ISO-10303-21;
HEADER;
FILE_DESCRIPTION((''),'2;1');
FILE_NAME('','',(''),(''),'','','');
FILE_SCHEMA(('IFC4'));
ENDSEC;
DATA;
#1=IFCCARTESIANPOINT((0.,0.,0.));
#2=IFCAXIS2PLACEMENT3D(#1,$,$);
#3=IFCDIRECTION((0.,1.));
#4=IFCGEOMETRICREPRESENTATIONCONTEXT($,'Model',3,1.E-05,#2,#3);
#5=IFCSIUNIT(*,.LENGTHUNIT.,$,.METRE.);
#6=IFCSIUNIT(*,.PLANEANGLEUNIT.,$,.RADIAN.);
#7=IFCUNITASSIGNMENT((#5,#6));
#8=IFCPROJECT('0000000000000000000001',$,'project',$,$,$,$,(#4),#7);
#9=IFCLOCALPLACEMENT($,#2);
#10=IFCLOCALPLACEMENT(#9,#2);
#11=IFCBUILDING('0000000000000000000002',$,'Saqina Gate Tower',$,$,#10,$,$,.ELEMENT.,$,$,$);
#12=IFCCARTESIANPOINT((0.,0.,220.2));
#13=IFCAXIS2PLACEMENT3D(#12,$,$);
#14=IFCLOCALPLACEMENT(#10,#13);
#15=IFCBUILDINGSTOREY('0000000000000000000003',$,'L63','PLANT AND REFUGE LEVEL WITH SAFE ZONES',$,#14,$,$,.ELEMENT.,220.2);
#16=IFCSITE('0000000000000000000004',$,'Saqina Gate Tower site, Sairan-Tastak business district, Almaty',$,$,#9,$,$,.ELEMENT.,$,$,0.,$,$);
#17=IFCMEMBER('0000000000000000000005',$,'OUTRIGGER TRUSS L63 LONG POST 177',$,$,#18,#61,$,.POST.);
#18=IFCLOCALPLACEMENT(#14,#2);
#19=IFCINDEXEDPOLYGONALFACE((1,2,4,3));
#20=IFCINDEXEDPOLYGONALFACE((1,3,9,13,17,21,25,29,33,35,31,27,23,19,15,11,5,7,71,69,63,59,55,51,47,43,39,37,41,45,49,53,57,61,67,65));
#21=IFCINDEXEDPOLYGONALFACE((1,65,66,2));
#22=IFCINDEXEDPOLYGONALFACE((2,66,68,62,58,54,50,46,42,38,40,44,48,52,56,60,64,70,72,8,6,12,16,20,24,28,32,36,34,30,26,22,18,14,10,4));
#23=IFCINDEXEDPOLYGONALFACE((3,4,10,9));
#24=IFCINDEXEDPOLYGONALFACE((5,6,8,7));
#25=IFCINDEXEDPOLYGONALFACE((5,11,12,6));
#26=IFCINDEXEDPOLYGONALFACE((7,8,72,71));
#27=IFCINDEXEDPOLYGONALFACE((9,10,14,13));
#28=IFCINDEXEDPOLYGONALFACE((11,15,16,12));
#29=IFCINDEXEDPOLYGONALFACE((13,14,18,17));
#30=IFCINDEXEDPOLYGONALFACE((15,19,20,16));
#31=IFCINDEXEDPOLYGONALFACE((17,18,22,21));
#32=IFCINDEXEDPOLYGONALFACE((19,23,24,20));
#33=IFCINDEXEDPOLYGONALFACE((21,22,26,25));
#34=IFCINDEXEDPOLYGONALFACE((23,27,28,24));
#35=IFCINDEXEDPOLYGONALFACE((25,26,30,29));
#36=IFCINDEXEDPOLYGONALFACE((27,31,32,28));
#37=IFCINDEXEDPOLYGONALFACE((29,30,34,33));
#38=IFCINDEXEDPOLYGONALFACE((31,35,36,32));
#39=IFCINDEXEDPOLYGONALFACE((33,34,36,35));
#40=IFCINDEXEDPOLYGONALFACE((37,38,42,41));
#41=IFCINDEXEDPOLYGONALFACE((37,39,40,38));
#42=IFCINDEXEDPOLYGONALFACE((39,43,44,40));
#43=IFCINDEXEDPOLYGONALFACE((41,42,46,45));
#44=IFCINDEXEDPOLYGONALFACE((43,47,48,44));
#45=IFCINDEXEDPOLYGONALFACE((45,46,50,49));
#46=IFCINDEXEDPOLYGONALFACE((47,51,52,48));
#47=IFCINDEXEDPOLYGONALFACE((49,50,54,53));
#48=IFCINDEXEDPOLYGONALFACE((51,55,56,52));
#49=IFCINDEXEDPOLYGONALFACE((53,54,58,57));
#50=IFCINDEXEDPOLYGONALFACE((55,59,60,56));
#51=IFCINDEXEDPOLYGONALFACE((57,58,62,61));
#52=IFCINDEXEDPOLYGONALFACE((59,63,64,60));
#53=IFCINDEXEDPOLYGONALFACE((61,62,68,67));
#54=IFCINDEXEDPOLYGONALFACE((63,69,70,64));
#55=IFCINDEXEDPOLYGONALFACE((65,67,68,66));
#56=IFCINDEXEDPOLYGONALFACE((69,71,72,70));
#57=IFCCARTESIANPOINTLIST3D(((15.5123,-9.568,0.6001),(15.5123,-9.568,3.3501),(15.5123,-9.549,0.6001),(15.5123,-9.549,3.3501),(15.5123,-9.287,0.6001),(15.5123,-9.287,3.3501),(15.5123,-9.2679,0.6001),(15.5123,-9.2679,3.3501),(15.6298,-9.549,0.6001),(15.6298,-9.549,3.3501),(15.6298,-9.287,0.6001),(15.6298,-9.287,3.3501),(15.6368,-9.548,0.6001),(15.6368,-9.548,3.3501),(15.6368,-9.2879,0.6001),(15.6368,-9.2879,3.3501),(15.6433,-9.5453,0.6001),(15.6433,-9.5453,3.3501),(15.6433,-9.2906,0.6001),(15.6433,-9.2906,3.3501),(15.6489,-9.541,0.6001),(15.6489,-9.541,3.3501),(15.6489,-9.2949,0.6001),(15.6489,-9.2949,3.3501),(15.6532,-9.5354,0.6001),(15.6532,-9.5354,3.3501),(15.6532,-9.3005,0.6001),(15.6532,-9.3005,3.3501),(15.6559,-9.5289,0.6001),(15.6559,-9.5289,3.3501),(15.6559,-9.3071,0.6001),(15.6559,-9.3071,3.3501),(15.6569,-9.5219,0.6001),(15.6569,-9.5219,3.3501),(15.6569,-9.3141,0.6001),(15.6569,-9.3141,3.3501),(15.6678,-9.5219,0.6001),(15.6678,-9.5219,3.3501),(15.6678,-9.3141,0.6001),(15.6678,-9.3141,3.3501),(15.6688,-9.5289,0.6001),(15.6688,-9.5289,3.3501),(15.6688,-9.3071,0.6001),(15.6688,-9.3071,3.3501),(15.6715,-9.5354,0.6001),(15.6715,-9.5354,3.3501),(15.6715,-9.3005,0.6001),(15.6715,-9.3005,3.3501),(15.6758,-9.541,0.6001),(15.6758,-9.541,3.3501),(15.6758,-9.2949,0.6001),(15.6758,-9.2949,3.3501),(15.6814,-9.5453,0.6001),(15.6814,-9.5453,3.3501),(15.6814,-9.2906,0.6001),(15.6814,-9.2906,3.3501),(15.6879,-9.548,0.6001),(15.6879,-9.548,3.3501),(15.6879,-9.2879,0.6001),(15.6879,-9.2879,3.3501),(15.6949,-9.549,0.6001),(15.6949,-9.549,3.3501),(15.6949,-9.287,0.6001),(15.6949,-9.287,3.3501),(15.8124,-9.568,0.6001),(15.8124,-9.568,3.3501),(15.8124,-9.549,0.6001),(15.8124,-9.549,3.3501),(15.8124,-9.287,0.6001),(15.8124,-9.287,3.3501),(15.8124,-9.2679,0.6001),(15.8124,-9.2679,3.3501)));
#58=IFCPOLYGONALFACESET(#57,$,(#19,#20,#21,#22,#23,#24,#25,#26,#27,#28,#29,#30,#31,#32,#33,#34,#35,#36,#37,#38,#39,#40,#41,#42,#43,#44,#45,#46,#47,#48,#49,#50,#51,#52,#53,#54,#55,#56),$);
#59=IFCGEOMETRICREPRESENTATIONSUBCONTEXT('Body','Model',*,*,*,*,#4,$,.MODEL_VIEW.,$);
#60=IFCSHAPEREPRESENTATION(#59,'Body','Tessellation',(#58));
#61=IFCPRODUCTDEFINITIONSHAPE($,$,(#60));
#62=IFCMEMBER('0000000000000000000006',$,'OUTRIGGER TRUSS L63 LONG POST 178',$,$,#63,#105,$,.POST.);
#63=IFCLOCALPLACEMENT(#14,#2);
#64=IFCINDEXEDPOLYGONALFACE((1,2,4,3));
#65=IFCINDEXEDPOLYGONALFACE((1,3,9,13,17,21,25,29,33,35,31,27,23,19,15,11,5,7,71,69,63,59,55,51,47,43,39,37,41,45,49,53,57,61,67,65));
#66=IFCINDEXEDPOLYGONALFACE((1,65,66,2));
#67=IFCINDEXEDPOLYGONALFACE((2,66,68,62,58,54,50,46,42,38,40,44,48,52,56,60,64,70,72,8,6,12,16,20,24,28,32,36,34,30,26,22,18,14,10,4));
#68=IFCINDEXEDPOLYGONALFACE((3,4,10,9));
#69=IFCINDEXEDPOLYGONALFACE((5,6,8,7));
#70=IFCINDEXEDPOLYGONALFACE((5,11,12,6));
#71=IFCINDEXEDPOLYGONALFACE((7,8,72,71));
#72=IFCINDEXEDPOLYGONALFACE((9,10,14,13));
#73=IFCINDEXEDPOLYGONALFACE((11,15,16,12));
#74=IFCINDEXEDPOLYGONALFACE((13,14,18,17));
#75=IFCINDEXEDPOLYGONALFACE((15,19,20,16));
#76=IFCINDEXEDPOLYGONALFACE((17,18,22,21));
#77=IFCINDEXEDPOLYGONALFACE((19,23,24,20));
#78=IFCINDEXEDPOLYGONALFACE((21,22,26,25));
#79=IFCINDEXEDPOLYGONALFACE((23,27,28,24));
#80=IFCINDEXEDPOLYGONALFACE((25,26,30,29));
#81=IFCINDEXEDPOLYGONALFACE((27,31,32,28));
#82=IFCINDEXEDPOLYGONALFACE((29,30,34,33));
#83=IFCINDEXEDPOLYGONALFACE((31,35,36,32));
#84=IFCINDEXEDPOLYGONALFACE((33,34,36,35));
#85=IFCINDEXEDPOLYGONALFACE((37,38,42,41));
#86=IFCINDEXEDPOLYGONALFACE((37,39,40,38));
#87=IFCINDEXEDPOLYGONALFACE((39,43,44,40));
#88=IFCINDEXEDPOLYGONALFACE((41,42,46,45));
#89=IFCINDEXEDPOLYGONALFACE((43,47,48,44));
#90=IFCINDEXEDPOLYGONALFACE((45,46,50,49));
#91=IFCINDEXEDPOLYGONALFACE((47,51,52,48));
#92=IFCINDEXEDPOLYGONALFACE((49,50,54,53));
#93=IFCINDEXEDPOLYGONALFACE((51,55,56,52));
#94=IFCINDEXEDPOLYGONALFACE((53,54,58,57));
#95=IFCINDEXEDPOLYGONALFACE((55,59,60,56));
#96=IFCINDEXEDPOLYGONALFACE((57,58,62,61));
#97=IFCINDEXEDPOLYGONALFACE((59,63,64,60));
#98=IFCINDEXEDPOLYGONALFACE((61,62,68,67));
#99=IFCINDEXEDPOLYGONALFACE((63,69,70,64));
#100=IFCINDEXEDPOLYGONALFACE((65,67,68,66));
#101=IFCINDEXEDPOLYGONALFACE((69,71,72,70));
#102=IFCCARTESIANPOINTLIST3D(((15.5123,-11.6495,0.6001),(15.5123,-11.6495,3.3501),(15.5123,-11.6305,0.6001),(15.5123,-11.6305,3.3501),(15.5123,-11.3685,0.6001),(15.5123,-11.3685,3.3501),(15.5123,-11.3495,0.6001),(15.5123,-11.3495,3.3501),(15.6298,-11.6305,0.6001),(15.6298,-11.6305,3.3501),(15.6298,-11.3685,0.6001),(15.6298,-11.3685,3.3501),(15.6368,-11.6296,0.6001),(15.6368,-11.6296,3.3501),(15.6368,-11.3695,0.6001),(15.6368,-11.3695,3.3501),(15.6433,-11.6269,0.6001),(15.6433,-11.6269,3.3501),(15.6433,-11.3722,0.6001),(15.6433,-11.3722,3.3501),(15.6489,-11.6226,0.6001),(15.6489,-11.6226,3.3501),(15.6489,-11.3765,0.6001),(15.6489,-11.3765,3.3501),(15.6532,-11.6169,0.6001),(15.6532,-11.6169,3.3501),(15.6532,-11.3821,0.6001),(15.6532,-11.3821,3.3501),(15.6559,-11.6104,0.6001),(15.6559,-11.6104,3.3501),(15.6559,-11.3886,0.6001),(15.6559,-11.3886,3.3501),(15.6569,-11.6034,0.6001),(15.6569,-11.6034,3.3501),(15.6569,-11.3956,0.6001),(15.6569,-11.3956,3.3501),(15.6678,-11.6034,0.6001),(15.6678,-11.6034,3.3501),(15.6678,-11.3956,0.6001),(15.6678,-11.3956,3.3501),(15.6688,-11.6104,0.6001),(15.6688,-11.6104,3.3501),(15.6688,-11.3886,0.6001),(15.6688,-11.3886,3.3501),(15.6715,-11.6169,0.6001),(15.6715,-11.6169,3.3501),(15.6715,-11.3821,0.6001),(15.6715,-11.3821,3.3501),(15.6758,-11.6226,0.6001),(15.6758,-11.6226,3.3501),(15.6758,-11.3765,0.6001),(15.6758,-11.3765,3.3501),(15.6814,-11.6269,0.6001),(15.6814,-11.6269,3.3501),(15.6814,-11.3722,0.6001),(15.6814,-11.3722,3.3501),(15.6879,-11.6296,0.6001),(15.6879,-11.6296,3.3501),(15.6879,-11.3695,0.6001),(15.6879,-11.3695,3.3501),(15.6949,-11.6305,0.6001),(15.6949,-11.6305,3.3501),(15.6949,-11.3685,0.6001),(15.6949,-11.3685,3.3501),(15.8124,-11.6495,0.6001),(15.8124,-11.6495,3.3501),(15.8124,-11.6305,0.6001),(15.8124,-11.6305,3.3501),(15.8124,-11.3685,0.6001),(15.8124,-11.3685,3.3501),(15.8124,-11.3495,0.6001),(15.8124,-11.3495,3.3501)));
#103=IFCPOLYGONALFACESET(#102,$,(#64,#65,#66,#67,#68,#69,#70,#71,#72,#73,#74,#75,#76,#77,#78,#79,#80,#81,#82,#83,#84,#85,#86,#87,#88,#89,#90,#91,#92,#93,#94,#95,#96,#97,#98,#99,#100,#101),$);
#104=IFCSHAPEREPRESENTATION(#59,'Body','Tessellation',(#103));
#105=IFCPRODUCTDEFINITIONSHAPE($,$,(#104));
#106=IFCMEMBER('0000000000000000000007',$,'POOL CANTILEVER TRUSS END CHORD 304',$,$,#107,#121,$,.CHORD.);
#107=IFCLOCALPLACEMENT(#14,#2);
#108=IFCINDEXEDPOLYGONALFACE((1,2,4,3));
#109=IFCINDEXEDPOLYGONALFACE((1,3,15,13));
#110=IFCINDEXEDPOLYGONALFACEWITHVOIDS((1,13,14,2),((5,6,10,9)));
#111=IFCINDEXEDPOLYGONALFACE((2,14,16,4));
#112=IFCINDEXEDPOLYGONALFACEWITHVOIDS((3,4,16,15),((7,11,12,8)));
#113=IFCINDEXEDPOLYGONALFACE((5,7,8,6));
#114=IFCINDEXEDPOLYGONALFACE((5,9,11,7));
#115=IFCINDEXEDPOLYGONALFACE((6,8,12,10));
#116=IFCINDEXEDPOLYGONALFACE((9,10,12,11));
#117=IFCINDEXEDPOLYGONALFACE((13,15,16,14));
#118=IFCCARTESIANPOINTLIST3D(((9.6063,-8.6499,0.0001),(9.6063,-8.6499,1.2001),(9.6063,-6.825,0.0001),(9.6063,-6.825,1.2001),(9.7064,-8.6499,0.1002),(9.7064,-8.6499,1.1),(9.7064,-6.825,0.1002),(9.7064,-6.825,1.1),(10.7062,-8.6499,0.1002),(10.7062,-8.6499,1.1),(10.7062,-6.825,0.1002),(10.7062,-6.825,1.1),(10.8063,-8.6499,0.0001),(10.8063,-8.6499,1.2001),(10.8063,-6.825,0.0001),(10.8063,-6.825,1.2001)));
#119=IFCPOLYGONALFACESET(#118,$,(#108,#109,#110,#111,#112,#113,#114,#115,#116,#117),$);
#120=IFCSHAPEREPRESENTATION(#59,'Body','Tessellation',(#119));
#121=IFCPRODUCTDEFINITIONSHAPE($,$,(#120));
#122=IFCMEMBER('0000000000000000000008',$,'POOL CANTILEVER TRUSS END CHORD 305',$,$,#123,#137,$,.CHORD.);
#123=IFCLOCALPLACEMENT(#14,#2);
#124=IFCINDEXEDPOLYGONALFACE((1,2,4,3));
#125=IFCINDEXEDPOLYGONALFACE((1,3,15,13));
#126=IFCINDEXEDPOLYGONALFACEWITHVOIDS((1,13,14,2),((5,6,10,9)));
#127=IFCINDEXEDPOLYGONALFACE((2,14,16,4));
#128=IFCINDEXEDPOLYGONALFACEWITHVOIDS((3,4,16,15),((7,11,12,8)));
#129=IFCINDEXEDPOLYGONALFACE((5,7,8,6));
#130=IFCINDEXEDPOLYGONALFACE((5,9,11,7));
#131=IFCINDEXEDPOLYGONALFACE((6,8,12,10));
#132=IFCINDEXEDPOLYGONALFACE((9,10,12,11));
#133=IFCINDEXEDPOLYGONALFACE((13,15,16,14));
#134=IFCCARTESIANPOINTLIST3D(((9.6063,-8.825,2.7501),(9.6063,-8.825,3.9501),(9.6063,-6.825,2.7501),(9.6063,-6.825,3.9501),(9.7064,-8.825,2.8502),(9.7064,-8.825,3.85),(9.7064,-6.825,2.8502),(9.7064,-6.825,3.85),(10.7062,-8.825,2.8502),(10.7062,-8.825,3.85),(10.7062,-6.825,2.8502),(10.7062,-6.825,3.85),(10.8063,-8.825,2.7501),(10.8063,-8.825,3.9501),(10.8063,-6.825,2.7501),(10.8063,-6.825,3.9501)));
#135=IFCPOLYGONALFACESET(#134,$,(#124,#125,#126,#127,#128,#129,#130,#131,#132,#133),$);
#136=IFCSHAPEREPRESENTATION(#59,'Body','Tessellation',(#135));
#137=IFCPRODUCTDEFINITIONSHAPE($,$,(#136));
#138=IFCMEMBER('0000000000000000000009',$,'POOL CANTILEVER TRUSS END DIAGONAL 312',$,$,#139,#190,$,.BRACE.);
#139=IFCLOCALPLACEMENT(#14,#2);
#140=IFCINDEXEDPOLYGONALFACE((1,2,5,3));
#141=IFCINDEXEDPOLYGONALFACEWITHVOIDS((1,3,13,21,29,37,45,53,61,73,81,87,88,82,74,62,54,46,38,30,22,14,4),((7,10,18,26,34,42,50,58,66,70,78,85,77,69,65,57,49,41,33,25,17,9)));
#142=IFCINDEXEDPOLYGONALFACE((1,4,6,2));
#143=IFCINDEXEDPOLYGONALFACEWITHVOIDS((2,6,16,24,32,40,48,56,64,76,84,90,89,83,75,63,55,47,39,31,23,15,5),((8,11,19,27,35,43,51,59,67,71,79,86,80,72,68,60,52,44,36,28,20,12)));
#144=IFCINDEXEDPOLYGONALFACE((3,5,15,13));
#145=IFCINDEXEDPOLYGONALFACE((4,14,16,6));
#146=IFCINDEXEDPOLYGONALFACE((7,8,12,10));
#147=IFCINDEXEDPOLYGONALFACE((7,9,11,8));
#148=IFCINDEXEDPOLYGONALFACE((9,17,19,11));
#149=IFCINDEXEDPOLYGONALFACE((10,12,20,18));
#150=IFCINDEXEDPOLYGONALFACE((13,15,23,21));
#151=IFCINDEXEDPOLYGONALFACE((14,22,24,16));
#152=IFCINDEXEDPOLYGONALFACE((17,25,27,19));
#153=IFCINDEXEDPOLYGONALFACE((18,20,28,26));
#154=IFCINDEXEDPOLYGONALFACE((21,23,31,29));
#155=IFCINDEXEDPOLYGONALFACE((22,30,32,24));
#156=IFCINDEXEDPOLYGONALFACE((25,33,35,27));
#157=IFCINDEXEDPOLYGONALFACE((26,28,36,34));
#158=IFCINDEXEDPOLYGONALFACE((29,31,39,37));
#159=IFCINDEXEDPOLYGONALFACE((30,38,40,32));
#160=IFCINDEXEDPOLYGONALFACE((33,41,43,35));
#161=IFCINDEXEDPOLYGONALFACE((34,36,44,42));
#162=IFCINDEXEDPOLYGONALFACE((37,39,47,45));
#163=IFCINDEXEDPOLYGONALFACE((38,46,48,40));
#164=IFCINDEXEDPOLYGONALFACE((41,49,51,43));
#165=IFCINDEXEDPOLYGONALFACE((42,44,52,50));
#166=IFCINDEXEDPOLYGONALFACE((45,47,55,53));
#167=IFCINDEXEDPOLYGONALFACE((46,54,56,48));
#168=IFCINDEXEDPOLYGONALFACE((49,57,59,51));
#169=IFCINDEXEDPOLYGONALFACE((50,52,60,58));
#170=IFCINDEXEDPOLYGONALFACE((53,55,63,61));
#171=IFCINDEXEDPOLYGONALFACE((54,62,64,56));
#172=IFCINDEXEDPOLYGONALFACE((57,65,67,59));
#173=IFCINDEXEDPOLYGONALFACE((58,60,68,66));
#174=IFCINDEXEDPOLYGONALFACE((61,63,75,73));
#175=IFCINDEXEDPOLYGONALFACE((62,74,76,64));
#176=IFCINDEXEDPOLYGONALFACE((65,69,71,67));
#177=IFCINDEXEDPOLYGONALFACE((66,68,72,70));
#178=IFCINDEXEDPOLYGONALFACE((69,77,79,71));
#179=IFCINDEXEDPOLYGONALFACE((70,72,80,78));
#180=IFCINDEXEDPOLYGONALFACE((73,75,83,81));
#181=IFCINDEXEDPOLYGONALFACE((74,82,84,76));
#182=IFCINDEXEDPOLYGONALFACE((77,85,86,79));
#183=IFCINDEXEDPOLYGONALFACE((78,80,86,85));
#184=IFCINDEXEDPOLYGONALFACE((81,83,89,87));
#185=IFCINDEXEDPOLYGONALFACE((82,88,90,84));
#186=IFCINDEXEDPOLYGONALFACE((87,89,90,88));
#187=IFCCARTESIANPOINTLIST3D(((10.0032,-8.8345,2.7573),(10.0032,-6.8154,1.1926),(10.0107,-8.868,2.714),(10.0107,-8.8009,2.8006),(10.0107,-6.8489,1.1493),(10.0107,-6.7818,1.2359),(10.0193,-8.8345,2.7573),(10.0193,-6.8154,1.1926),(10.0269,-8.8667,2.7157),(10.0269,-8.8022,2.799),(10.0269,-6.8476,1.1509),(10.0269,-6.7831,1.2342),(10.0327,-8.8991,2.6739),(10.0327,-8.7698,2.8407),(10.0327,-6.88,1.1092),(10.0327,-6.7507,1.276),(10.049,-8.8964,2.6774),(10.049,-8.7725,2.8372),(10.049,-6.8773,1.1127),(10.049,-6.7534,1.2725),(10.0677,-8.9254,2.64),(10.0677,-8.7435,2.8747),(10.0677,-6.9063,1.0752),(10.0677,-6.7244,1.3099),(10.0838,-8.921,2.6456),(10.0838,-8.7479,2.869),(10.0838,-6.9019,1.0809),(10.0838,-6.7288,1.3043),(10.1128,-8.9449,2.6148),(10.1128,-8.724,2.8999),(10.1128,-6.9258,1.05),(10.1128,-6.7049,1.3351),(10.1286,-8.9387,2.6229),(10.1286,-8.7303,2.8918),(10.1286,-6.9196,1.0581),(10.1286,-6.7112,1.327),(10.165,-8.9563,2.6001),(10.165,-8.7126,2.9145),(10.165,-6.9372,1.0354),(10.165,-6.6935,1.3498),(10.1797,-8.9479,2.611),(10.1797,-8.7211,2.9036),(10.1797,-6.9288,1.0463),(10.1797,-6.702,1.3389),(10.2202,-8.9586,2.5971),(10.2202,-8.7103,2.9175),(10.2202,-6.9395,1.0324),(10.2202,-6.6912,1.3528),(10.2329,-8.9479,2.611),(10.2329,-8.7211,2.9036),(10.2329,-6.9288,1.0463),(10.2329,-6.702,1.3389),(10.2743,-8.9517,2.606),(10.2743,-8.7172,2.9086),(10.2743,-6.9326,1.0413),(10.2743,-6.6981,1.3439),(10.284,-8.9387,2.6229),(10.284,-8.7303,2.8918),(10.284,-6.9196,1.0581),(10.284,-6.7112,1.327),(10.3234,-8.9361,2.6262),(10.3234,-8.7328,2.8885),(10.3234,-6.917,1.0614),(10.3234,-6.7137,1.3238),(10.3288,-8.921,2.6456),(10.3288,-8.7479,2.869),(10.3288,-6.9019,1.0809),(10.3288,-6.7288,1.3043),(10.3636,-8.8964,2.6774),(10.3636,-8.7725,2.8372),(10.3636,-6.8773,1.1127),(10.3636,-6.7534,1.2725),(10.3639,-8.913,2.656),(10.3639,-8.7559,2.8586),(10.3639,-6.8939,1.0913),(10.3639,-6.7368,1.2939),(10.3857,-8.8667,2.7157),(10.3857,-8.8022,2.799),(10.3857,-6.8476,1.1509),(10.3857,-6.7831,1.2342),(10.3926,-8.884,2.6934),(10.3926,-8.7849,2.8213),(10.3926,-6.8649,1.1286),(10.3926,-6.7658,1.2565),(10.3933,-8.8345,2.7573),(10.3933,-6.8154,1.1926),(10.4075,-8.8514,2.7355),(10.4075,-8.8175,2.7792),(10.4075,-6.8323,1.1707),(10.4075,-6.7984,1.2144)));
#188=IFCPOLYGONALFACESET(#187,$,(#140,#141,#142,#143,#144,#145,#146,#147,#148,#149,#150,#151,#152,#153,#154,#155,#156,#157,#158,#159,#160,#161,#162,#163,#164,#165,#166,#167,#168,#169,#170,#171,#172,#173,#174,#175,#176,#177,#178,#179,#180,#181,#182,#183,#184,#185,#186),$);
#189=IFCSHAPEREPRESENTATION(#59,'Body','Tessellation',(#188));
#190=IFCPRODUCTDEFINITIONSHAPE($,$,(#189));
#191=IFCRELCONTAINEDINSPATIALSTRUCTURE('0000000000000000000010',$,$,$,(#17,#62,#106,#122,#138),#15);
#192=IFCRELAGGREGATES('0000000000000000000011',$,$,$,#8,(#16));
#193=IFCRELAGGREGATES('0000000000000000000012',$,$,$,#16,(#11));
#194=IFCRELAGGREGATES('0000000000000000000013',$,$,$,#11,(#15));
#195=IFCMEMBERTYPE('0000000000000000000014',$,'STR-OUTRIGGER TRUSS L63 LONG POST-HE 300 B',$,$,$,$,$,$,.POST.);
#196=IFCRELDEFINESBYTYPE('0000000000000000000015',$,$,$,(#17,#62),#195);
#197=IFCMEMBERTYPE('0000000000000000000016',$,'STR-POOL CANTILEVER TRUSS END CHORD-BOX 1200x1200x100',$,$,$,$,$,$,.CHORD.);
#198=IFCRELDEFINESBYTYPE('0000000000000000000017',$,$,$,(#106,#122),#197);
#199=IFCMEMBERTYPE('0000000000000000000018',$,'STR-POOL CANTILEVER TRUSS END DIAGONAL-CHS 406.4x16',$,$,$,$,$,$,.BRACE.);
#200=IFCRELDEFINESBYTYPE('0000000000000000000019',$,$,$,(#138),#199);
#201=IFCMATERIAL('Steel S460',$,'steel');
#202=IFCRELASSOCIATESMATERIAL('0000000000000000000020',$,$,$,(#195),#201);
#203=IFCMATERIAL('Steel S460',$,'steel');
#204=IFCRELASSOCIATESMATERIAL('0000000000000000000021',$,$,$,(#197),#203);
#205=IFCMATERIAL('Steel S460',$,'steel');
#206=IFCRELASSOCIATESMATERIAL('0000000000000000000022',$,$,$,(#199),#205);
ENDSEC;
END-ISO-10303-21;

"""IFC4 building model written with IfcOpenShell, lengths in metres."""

from ifc_helpers import new_model, si_unit, direction, frame, origin, origin_2d, place, context, subcontext, project, spatial, hollow_rectangle, hollow_circle, i_section, extrude, material, material_profile, profile_set, type_object, element, save


model = new_model("IFC4")

# Units and contexts
model_context = context("Model", 3, precision=1e-05, world=origin(), true_north=direction((0.0, 1.0)))
body_context = subcontext(model_context, "Body", "Model", "MODEL_VIEW")
ifc_project = project(units=[si_unit("LENGTHUNIT", "METRE"), si_unit("PLANEANGLEUNIT", "RADIAN")], contexts=[model_context])

# Site, building, storey
site_placement = place(None, origin())
site = spatial("IfcSite", under=ifc_project, at=site_placement, Name="Saqina Gate Tower site, Sairan-Tastak business district, Almaty", CompositionType="ELEMENT", RefElevation=0.0)
building_placement = place(site_placement, origin())
building = spatial("IfcBuilding", under=site, at=building_placement, Name="Saqina Gate Tower", CompositionType="ELEMENT")
storey_placement = place(building_placement, frame((0.0, 0.0, 220.2)))
storey = spatial("IfcBuildingStorey", under=building, at=storey_placement, Name="L63", Description="PLANT AND REFUGE LEVEL WITH SAFE ZONES", CompositionType="ELEMENT", Elevation=220.2)

# Members
ifc_material_1 = material(Name="Steel S460", Category="steel")
ifc_material_profile_1 = material_profile(ifc_material_1, i_section(OverallWidth=0.3, OverallDepth=0.3, WebThickness=0.011, FlangeThickness=0.019, FilletRadius=0.0271, at=origin_2d()), Name="HE 300 B")
ifc_profile_set_1 = profile_set([ifc_material_profile_1], Name="Steel S460")
member_type_1 = type_object("IfcMemberType", Name="STR-OUTRIGGER TRUSS L63 LONG POST-HE 300 B", PredefinedType="POST", material=ifc_profile_set_1)
for number, where, z_axis, x_axis, name in (
    (1, (15.6624, -9.418, 0.6001), (0.0, 0.0, 1.0), (1.0, 0.0, 0.0), "OUTRIGGER TRUSS L63 LONG POST 177"),
    (2, (15.6624, -11.4995, 0.6001), (0.0, 0.0, 1.0), (1.0, 0.0, 0.0), "OUTRIGGER TRUSS L63 LONG POST 178"),
):
    element("IfcMember", number, at=place(storey_placement, frame(where, z_axis=z_axis, x_axis=x_axis)), inside=storey, type_object=member_type_1, Name=name, PredefinedType="POST", context=body_context, shape_type="SweptSolid", body=[
        extrude(i_section(OverallWidth=0.3, OverallDepth=0.3, WebThickness=0.011, FlangeThickness=0.019, FilletRadius=0.0271, at=origin_2d()), origin(), (0.0, 0.0, 1.0), 2.75),
    ])
ifc_material_2 = material(Name="Steel S460", Category="steel")
ifc_material_profile_2 = material_profile(ifc_material_2, hollow_rectangle(XDim=1.2, YDim=1.2, WallThickness=0.1001, at=origin_2d()), Name="BOX 1200x1200x100")
ifc_profile_set_2 = profile_set([ifc_material_profile_2], Name="Steel S460")
member_type_2 = type_object("IfcMemberType", Name="STR-POOL CANTILEVER TRUSS END CHORD-BOX 1200x1200x100", PredefinedType="CHORD", material=ifc_profile_set_2)
member_1_placement = place(storey_placement, frame((10.2063, -8.6499, 0.6001), z_axis=(0.0, 1.0, 0.0), x_axis=(-1.0, 0.0, 0.0)))
element("IfcMember", 3, at=member_1_placement, inside=storey, type_object=member_type_2, Name="POOL CANTILEVER TRUSS END CHORD 304", PredefinedType="CHORD", context=body_context, shape_type="SweptSolid", body=[
    extrude(hollow_rectangle(XDim=1.2, YDim=1.2, WallThickness=0.1001, at=origin_2d()), origin(), (0.0, 0.0, 1.0), 1.825),
])
member_2_placement = place(storey_placement, frame((10.2063, -8.825, 3.3501), z_axis=(0.0, 1.0, 0.0), x_axis=(-1.0, 0.0, 0.0)))
element("IfcMember", 4, at=member_2_placement, inside=storey, type_object=member_type_2, Name="POOL CANTILEVER TRUSS END CHORD 305", PredefinedType="CHORD", context=body_context, shape_type="SweptSolid", body=[
    extrude(hollow_rectangle(XDim=1.2, YDim=1.2, WallThickness=0.1001, at=origin_2d()), origin(), (0.0, 0.0, 1.0), 2.0),
])
ifc_material_3 = material(Name="Steel S460", Category="steel")
ifc_material_profile_3 = material_profile(ifc_material_3, hollow_circle(Radius=0.2031, WallThickness=0.0161, at=origin_2d()), Name="CHS 406.4x16")
ifc_profile_set_3 = profile_set([ifc_material_profile_3], Name="Steel S460")
member_type_3 = type_object("IfcMemberType", Name="STR-POOL CANTILEVER TRUSS END DIAGONAL-CHS 406.4x16", PredefinedType="BRACE", material=ifc_profile_set_3)
member_3_placement = place(storey_placement, frame((10.2063, -8.8345, 2.7573), z_axis=(0.0, 0.790427, -0.612557), x_axis=(-1.0, 0.0, 0.0)))
element("IfcMember", 5, at=member_3_placement, inside=storey, type_object=member_type_3, Name="POOL CANTILEVER TRUSS END DIAGONAL 312", PredefinedType="BRACE", context=body_context, shape_type="SweptSolid", body=[
    extrude(hollow_circle(Radius=0.2031, WallThickness=0.0161, at=origin_2d()), origin(), (0.0, 0.0, 1.0), 2.5544),
])

save(model, "model.ifc")
